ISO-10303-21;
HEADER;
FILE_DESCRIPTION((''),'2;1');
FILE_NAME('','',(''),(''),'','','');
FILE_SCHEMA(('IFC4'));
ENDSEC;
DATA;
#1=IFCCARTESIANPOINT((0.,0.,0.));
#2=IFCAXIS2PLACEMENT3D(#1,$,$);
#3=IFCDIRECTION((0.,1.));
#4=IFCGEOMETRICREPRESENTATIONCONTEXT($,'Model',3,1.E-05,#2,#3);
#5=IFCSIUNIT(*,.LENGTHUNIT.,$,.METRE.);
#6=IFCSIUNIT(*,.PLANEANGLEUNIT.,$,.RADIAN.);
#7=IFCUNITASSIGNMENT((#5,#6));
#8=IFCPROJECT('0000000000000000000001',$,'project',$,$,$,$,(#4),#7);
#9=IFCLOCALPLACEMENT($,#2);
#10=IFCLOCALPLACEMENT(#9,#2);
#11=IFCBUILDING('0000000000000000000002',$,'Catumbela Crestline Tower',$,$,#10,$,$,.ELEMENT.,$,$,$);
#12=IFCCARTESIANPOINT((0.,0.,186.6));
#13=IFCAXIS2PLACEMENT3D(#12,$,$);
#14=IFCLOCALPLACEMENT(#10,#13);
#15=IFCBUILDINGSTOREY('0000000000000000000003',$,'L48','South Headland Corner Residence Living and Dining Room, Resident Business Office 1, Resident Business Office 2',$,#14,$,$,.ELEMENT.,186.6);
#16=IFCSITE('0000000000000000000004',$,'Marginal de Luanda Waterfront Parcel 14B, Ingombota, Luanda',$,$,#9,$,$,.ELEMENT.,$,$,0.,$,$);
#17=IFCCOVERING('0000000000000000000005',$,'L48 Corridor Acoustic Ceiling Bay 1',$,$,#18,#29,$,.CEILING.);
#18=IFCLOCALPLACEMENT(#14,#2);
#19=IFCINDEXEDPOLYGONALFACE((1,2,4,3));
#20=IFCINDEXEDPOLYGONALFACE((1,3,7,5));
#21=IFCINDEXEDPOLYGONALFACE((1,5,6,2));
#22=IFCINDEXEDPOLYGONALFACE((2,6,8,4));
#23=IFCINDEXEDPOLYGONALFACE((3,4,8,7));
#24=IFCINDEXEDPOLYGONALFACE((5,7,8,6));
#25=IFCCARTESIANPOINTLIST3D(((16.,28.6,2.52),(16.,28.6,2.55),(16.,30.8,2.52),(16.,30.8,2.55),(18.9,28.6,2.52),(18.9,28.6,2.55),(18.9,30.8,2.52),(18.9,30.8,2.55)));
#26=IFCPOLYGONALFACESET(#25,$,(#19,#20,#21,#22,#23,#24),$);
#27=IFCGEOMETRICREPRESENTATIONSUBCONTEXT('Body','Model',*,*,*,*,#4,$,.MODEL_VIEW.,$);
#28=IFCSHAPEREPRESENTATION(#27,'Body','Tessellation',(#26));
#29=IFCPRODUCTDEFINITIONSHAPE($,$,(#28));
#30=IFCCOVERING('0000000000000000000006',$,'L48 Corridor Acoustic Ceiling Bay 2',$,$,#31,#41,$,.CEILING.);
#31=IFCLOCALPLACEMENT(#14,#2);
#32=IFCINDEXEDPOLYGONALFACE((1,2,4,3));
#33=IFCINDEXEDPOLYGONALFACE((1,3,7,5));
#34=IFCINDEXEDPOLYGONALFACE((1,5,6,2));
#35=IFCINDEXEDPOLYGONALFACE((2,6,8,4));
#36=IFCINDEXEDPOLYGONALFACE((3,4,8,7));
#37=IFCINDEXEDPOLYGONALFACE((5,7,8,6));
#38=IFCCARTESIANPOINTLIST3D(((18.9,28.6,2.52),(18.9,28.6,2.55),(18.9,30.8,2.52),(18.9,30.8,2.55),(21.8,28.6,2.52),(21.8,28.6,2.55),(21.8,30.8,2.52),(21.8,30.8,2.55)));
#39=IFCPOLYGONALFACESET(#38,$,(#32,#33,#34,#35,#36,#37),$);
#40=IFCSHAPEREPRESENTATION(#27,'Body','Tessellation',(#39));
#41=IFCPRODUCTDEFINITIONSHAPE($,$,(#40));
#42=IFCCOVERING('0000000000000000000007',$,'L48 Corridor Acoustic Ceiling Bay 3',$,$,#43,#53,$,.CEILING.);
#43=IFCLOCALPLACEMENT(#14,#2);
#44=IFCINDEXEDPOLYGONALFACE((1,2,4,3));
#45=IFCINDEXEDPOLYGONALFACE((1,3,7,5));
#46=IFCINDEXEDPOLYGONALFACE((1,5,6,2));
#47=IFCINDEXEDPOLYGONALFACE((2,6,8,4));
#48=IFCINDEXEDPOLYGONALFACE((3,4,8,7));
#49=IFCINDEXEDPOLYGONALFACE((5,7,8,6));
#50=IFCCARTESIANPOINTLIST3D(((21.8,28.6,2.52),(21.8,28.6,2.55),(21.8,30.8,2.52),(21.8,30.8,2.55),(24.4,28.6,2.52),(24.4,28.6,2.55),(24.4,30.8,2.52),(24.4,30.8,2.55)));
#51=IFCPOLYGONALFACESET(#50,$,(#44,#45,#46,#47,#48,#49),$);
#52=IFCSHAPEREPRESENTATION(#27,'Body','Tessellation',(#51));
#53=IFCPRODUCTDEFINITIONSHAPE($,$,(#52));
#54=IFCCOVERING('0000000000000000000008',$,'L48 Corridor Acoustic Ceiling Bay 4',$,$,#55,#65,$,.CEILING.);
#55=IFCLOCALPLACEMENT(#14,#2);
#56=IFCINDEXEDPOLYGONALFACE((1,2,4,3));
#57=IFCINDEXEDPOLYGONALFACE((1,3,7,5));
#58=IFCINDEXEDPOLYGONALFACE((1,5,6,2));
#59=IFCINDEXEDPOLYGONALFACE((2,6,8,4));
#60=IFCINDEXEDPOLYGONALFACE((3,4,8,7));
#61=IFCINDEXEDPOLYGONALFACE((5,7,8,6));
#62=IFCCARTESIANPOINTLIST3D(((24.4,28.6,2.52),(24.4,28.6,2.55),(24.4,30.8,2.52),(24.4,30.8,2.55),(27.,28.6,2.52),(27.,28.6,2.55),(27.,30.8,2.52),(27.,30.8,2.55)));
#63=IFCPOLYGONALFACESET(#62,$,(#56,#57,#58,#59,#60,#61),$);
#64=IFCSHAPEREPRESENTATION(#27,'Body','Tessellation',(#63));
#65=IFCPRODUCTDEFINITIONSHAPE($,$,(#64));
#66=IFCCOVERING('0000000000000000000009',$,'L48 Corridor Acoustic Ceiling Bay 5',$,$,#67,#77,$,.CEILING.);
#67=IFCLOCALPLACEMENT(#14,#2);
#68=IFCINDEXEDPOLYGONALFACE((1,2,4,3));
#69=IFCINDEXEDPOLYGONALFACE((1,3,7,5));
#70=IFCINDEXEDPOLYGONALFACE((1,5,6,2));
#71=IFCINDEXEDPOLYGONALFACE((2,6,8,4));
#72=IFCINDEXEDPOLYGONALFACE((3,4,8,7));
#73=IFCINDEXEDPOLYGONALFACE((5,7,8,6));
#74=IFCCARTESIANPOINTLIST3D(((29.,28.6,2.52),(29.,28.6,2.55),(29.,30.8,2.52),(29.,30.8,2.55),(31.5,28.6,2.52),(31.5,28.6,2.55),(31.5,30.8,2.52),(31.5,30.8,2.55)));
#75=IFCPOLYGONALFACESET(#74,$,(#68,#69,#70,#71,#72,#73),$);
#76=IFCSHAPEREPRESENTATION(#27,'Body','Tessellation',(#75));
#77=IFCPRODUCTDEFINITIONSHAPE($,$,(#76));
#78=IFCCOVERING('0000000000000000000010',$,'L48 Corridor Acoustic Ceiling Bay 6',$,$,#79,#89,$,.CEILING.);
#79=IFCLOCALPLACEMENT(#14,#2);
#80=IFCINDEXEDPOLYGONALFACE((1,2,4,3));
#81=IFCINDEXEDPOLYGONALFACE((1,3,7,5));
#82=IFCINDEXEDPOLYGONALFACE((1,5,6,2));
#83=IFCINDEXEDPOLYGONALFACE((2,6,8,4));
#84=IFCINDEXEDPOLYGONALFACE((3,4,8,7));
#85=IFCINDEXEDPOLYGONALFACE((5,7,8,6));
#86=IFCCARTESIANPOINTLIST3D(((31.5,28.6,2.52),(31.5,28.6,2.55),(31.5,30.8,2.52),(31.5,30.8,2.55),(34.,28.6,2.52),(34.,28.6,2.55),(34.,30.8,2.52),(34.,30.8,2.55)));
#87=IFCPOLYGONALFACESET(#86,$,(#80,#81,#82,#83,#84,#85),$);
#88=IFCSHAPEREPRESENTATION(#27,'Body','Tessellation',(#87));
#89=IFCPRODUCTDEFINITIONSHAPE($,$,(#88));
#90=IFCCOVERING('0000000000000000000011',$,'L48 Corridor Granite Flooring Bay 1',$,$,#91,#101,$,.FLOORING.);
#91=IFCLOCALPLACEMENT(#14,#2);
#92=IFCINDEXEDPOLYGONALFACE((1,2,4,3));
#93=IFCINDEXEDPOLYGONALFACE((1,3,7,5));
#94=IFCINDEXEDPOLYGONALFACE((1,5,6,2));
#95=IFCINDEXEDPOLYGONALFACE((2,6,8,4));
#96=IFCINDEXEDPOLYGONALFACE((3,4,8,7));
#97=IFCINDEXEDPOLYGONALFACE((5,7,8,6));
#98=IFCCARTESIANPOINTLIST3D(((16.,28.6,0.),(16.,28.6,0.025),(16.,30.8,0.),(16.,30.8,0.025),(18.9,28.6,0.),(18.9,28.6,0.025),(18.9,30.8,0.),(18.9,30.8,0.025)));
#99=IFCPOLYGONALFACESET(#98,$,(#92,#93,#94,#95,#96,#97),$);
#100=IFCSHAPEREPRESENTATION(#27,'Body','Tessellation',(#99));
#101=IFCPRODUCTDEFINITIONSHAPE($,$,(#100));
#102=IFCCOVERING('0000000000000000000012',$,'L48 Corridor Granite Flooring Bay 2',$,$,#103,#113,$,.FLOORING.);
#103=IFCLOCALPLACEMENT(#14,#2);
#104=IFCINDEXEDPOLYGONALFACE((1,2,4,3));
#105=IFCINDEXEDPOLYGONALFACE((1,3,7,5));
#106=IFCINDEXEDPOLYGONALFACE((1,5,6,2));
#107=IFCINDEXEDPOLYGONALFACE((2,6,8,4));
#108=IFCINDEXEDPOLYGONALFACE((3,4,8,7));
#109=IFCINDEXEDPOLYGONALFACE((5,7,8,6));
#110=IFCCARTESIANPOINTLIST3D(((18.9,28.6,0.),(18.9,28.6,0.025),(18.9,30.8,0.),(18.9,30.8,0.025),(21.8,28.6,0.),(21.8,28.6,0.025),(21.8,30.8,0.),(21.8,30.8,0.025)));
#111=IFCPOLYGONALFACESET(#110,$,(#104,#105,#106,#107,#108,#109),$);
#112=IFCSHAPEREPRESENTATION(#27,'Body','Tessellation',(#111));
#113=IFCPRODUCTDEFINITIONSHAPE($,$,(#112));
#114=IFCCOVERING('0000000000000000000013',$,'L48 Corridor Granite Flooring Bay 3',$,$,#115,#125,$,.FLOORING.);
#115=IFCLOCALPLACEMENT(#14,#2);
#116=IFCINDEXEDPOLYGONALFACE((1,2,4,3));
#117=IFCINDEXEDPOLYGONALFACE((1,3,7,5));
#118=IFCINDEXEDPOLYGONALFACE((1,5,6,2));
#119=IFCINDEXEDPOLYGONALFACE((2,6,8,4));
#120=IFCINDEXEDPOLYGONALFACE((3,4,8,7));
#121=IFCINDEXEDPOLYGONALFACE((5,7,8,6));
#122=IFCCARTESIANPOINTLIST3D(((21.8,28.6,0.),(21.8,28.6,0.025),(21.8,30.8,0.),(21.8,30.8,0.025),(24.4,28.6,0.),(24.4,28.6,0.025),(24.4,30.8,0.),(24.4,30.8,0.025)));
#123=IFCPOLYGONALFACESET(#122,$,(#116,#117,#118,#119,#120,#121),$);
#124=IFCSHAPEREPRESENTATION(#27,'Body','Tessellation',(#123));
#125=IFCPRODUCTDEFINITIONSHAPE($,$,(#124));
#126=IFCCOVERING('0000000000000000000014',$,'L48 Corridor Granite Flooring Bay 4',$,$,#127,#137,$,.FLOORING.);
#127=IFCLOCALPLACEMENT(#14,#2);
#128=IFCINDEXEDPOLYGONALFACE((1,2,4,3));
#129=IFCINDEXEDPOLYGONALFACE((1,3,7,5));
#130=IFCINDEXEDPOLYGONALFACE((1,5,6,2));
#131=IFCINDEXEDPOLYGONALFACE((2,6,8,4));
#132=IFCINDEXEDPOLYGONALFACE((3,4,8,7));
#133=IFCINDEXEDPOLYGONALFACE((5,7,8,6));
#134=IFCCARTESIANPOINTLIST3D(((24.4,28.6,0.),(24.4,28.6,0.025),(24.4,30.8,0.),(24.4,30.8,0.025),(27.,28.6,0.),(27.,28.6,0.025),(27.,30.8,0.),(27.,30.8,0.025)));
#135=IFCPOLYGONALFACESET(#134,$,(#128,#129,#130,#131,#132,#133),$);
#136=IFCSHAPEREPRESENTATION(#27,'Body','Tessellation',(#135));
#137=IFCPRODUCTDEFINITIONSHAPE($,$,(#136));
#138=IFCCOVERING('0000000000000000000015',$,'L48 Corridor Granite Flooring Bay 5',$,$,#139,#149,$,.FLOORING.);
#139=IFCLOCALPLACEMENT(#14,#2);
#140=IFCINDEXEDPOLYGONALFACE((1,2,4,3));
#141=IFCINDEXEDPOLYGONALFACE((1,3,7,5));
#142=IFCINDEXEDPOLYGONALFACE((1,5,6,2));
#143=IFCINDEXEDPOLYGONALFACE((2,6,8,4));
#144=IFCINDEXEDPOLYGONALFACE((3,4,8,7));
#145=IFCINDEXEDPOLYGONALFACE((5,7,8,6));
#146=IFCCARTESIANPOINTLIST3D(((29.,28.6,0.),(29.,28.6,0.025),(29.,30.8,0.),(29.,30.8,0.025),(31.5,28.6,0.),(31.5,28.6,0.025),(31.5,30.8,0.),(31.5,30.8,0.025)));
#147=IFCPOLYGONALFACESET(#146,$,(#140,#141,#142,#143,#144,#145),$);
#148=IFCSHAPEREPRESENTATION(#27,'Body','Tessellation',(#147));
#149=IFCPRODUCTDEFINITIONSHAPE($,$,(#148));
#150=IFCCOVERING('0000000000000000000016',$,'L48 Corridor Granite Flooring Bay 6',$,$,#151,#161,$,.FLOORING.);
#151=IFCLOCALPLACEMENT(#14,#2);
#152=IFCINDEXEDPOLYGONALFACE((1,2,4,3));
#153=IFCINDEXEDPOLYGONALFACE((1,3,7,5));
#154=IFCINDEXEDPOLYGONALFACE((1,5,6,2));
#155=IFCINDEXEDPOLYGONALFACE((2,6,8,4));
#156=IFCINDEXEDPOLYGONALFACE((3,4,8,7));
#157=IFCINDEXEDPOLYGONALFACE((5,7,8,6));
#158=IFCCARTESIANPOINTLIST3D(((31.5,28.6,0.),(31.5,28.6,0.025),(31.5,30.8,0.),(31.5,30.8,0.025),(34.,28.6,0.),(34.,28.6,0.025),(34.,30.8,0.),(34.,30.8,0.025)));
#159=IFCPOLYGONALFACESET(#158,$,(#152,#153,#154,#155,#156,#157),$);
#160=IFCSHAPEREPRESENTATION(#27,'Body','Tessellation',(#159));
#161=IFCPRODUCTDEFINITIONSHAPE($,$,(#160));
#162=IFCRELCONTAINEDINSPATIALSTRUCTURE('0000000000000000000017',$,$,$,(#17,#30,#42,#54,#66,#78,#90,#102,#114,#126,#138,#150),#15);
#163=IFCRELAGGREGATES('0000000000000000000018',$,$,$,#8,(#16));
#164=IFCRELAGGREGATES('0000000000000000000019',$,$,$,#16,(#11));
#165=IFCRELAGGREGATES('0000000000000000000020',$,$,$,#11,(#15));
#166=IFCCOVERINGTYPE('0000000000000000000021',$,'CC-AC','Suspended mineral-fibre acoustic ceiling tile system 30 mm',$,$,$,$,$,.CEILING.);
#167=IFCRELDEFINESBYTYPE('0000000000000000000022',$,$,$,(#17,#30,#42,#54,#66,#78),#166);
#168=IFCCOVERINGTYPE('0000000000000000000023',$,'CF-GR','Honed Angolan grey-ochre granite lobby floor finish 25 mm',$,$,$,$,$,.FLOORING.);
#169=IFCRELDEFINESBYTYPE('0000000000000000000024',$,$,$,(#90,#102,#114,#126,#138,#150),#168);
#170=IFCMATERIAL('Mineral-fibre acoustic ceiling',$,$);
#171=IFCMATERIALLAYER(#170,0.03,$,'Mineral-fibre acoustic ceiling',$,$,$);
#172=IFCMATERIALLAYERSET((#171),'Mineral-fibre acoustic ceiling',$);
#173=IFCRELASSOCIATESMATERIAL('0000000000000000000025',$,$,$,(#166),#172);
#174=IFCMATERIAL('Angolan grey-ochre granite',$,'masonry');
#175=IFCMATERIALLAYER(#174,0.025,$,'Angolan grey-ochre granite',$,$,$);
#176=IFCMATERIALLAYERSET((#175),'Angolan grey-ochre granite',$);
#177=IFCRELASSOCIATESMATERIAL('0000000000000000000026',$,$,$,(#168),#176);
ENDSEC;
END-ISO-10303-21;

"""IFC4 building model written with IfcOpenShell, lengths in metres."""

from ifc_helpers import new_model, si_unit, direction, frame, origin, place, context, subcontext, project, spatial, polyline, outline, extrude, material, layer, layer_set, type_object, element, save


model = new_model("IFC4")

# Units and contexts
model_context = context("Model", 3, precision=1e-05, world=origin(), true_north=direction((0.0, 1.0)))
body_context = subcontext(model_context, "Body", "Model", "MODEL_VIEW")
ifc_project = project(units=[si_unit("LENGTHUNIT", "METRE"), si_unit("PLANEANGLEUNIT", "RADIAN")], contexts=[model_context])

# Site, building, storey
site_placement = place(None, origin())
site = spatial("IfcSite", under=ifc_project, at=site_placement, Name="Marginal de Luanda Waterfront Parcel 14B, Ingombota, Luanda", CompositionType="ELEMENT", RefElevation=0.0)
building_placement = place(site_placement, origin())
building = spatial("IfcBuilding", under=site, at=building_placement, Name="Catumbela Crestline Tower", CompositionType="ELEMENT")
storey_placement = place(building_placement, frame((0.0, 0.0, 186.6)))
storey = spatial("IfcBuildingStorey", under=building, at=storey_placement, Name="L48", Description="South Headland Corner Residence Living and Dining Room, Resident Business Office 1, Resident Business Office 2", CompositionType="ELEMENT", Elevation=186.6)

# Coverings
ifc_material_1 = material(Name="Mineral-fibre acoustic ceiling")
ifc_layer_1 = layer(ifc_material_1, 0.03, Name="Mineral-fibre acoustic ceiling")
ifc_layer_set_1 = layer_set([ifc_layer_1], Name="Mineral-fibre acoustic ceiling")
covering_type_1 = type_object("IfcCoveringType", Name="CC-AC", Description="Suspended mineral-fibre acoustic ceiling tile system 30 mm", PredefinedType="CEILING", material=ifc_layer_set_1)
covering_1_placement = place(storey_placement, frame((0.0, 0.0, 2.52)))
element("IfcCovering", 1, at=covering_1_placement, inside=storey, type_object=covering_type_1, Name="L48 Corridor Acoustic Ceiling Bay 1", PredefinedType="CEILING", context=body_context, shape_type="SweptSolid", body=[
    extrude(outline(polyline([(16.0, 28.6), (18.9, 28.6), (18.9, 30.8), (16.0, 30.8), (16.0, 28.6)])), origin(), (0.0, 0.0, 1.0), 0.03),
])
covering_2_placement = place(storey_placement, frame((0.0, 0.0, 2.52)))
element("IfcCovering", 2, at=covering_2_placement, inside=storey, type_object=covering_type_1, Name="L48 Corridor Acoustic Ceiling Bay 2", PredefinedType="CEILING", context=body_context, shape_type="SweptSolid", body=[
    extrude(outline(polyline([(18.9, 28.6), (21.8, 28.6), (21.8, 30.8), (18.9, 30.8), (18.9, 28.6)])), origin(), (0.0, 0.0, 1.0), 0.03),
])
covering_3_placement = place(storey_placement, frame((0.0, 0.0, 2.52)))
element("IfcCovering", 3, at=covering_3_placement, inside=storey, type_object=covering_type_1, Name="L48 Corridor Acoustic Ceiling Bay 3", PredefinedType="CEILING", context=body_context, shape_type="SweptSolid", body=[
    extrude(outline(polyline([(21.8, 28.6), (24.4, 28.6), (24.4, 30.8), (21.8, 30.8), (21.8, 28.6)])), origin(), (0.0, 0.0, 1.0), 0.03),
])
covering_4_placement = place(storey_placement, frame((0.0, 0.0, 2.52)))
element("IfcCovering", 4, at=covering_4_placement, inside=storey, type_object=covering_type_1, Name="L48 Corridor Acoustic Ceiling Bay 4", PredefinedType="CEILING", context=body_context, shape_type="SweptSolid", body=[
    extrude(outline(polyline([(24.4, 28.6), (27.0, 28.6), (27.0, 30.8), (24.4, 30.8), (24.4, 28.6)])), origin(), (0.0, 0.0, 1.0), 0.03),
])
covering_5_placement = place(storey_placement, frame((0.0, 0.0, 2.52)))
element("IfcCovering", 5, at=covering_5_placement, inside=storey, type_object=covering_type_1, Name="L48 Corridor Acoustic Ceiling Bay 5", PredefinedType="CEILING", context=body_context, shape_type="SweptSolid", body=[
    extrude(outline(polyline([(29.0, 28.6), (31.5, 28.6), (31.5, 30.8), (29.0, 30.8), (29.0, 28.6)])), origin(), (0.0, 0.0, 1.0), 0.03),
])
covering_6_placement = place(storey_placement, frame((0.0, 0.0, 2.52)))
element("IfcCovering", 6, at=covering_6_placement, inside=storey, type_object=covering_type_1, Name="L48 Corridor Acoustic Ceiling Bay 6", PredefinedType="CEILING", context=body_context, shape_type="SweptSolid", body=[
    extrude(outline(polyline([(31.5, 28.6), (34.0, 28.6), (34.0, 30.8), (31.5, 30.8), (31.5, 28.6)])), origin(), (0.0, 0.0, 1.0), 0.03),
])
ifc_material_2 = material(Name="Angolan grey-ochre granite", Category="masonry")
ifc_layer_2 = layer(ifc_material_2, 0.025, Name="Angolan grey-ochre granite")
ifc_layer_set_2 = layer_set([ifc_layer_2], Name="Angolan grey-ochre granite")
covering_type_2 = type_object("IfcCoveringType", Name="CF-GR", Description="Honed Angolan grey-ochre granite lobby floor finish 25 mm", PredefinedType="FLOORING", material=ifc_layer_set_2)
covering_7_placement = place(storey_placement, origin())
element("IfcCovering", 7, at=covering_7_placement, inside=storey, type_object=covering_type_2, Name="L48 Corridor Granite Flooring Bay 1", PredefinedType="FLOORING", context=body_context, shape_type="SweptSolid", body=[
    extrude(outline(polyline([(16.0, 28.6), (18.9, 28.6), (18.9, 30.8), (16.0, 30.8), (16.0, 28.6)])), origin(), (0.0, 0.0, 1.0), 0.025),
])
covering_8_placement = place(storey_placement, origin())
element("IfcCovering", 8, at=covering_8_placement, inside=storey, type_object=covering_type_2, Name="L48 Corridor Granite Flooring Bay 2", PredefinedType="FLOORING", context=body_context, shape_type="SweptSolid", body=[
    extrude(outline(polyline([(18.9, 28.6), (21.8, 28.6), (21.8, 30.8), (18.9, 30.8), (18.9, 28.6)])), origin(), (0.0, 0.0, 1.0), 0.025),
])
covering_9_placement = place(storey_placement, origin())
element("IfcCovering", 9, at=covering_9_placement, inside=storey, type_object=covering_type_2, Name="L48 Corridor Granite Flooring Bay 3", PredefinedType="FLOORING", context=body_context, shape_type="SweptSolid", body=[
    extrude(outline(polyline([(21.8, 28.6), (24.4, 28.6), (24.4, 30.8), (21.8, 30.8), (21.8, 28.6)])), origin(), (0.0, 0.0, 1.0), 0.025),
])
covering_10_placement = place(storey_placement, origin())
element("IfcCovering", 10, at=covering_10_placement, inside=storey, type_object=covering_type_2, Name="L48 Corridor Granite Flooring Bay 4", PredefinedType="FLOORING", context=body_context, shape_type="SweptSolid", body=[
    extrude(outline(polyline([(24.4, 28.6), (27.0, 28.6), (27.0, 30.8), (24.4, 30.8), (24.4, 28.6)])), origin(), (0.0, 0.0, 1.0), 0.025),
])
covering_11_placement = place(storey_placement, origin())
element("IfcCovering", 11, at=covering_11_placement, inside=storey, type_object=covering_type_2, Name="L48 Corridor Granite Flooring Bay 5", PredefinedType="FLOORING", context=body_context, shape_type="SweptSolid", body=[
    extrude(outline(polyline([(29.0, 28.6), (31.5, 28.6), (31.5, 30.8), (29.0, 30.8), (29.0, 28.6)])), origin(), (0.0, 0.0, 1.0), 0.025),
])
covering_12_placement = place(storey_placement, origin())
element("IfcCovering", 12, at=covering_12_placement, inside=storey, type_object=covering_type_2, Name="L48 Corridor Granite Flooring Bay 6", PredefinedType="FLOORING", context=body_context, shape_type="SweptSolid", body=[
    extrude(outline(polyline([(31.5, 28.6), (34.0, 28.6), (34.0, 30.8), (31.5, 30.8), (31.5, 28.6)])), origin(), (0.0, 0.0, 1.0), 0.025),
])

save(model, "model.ifc")
